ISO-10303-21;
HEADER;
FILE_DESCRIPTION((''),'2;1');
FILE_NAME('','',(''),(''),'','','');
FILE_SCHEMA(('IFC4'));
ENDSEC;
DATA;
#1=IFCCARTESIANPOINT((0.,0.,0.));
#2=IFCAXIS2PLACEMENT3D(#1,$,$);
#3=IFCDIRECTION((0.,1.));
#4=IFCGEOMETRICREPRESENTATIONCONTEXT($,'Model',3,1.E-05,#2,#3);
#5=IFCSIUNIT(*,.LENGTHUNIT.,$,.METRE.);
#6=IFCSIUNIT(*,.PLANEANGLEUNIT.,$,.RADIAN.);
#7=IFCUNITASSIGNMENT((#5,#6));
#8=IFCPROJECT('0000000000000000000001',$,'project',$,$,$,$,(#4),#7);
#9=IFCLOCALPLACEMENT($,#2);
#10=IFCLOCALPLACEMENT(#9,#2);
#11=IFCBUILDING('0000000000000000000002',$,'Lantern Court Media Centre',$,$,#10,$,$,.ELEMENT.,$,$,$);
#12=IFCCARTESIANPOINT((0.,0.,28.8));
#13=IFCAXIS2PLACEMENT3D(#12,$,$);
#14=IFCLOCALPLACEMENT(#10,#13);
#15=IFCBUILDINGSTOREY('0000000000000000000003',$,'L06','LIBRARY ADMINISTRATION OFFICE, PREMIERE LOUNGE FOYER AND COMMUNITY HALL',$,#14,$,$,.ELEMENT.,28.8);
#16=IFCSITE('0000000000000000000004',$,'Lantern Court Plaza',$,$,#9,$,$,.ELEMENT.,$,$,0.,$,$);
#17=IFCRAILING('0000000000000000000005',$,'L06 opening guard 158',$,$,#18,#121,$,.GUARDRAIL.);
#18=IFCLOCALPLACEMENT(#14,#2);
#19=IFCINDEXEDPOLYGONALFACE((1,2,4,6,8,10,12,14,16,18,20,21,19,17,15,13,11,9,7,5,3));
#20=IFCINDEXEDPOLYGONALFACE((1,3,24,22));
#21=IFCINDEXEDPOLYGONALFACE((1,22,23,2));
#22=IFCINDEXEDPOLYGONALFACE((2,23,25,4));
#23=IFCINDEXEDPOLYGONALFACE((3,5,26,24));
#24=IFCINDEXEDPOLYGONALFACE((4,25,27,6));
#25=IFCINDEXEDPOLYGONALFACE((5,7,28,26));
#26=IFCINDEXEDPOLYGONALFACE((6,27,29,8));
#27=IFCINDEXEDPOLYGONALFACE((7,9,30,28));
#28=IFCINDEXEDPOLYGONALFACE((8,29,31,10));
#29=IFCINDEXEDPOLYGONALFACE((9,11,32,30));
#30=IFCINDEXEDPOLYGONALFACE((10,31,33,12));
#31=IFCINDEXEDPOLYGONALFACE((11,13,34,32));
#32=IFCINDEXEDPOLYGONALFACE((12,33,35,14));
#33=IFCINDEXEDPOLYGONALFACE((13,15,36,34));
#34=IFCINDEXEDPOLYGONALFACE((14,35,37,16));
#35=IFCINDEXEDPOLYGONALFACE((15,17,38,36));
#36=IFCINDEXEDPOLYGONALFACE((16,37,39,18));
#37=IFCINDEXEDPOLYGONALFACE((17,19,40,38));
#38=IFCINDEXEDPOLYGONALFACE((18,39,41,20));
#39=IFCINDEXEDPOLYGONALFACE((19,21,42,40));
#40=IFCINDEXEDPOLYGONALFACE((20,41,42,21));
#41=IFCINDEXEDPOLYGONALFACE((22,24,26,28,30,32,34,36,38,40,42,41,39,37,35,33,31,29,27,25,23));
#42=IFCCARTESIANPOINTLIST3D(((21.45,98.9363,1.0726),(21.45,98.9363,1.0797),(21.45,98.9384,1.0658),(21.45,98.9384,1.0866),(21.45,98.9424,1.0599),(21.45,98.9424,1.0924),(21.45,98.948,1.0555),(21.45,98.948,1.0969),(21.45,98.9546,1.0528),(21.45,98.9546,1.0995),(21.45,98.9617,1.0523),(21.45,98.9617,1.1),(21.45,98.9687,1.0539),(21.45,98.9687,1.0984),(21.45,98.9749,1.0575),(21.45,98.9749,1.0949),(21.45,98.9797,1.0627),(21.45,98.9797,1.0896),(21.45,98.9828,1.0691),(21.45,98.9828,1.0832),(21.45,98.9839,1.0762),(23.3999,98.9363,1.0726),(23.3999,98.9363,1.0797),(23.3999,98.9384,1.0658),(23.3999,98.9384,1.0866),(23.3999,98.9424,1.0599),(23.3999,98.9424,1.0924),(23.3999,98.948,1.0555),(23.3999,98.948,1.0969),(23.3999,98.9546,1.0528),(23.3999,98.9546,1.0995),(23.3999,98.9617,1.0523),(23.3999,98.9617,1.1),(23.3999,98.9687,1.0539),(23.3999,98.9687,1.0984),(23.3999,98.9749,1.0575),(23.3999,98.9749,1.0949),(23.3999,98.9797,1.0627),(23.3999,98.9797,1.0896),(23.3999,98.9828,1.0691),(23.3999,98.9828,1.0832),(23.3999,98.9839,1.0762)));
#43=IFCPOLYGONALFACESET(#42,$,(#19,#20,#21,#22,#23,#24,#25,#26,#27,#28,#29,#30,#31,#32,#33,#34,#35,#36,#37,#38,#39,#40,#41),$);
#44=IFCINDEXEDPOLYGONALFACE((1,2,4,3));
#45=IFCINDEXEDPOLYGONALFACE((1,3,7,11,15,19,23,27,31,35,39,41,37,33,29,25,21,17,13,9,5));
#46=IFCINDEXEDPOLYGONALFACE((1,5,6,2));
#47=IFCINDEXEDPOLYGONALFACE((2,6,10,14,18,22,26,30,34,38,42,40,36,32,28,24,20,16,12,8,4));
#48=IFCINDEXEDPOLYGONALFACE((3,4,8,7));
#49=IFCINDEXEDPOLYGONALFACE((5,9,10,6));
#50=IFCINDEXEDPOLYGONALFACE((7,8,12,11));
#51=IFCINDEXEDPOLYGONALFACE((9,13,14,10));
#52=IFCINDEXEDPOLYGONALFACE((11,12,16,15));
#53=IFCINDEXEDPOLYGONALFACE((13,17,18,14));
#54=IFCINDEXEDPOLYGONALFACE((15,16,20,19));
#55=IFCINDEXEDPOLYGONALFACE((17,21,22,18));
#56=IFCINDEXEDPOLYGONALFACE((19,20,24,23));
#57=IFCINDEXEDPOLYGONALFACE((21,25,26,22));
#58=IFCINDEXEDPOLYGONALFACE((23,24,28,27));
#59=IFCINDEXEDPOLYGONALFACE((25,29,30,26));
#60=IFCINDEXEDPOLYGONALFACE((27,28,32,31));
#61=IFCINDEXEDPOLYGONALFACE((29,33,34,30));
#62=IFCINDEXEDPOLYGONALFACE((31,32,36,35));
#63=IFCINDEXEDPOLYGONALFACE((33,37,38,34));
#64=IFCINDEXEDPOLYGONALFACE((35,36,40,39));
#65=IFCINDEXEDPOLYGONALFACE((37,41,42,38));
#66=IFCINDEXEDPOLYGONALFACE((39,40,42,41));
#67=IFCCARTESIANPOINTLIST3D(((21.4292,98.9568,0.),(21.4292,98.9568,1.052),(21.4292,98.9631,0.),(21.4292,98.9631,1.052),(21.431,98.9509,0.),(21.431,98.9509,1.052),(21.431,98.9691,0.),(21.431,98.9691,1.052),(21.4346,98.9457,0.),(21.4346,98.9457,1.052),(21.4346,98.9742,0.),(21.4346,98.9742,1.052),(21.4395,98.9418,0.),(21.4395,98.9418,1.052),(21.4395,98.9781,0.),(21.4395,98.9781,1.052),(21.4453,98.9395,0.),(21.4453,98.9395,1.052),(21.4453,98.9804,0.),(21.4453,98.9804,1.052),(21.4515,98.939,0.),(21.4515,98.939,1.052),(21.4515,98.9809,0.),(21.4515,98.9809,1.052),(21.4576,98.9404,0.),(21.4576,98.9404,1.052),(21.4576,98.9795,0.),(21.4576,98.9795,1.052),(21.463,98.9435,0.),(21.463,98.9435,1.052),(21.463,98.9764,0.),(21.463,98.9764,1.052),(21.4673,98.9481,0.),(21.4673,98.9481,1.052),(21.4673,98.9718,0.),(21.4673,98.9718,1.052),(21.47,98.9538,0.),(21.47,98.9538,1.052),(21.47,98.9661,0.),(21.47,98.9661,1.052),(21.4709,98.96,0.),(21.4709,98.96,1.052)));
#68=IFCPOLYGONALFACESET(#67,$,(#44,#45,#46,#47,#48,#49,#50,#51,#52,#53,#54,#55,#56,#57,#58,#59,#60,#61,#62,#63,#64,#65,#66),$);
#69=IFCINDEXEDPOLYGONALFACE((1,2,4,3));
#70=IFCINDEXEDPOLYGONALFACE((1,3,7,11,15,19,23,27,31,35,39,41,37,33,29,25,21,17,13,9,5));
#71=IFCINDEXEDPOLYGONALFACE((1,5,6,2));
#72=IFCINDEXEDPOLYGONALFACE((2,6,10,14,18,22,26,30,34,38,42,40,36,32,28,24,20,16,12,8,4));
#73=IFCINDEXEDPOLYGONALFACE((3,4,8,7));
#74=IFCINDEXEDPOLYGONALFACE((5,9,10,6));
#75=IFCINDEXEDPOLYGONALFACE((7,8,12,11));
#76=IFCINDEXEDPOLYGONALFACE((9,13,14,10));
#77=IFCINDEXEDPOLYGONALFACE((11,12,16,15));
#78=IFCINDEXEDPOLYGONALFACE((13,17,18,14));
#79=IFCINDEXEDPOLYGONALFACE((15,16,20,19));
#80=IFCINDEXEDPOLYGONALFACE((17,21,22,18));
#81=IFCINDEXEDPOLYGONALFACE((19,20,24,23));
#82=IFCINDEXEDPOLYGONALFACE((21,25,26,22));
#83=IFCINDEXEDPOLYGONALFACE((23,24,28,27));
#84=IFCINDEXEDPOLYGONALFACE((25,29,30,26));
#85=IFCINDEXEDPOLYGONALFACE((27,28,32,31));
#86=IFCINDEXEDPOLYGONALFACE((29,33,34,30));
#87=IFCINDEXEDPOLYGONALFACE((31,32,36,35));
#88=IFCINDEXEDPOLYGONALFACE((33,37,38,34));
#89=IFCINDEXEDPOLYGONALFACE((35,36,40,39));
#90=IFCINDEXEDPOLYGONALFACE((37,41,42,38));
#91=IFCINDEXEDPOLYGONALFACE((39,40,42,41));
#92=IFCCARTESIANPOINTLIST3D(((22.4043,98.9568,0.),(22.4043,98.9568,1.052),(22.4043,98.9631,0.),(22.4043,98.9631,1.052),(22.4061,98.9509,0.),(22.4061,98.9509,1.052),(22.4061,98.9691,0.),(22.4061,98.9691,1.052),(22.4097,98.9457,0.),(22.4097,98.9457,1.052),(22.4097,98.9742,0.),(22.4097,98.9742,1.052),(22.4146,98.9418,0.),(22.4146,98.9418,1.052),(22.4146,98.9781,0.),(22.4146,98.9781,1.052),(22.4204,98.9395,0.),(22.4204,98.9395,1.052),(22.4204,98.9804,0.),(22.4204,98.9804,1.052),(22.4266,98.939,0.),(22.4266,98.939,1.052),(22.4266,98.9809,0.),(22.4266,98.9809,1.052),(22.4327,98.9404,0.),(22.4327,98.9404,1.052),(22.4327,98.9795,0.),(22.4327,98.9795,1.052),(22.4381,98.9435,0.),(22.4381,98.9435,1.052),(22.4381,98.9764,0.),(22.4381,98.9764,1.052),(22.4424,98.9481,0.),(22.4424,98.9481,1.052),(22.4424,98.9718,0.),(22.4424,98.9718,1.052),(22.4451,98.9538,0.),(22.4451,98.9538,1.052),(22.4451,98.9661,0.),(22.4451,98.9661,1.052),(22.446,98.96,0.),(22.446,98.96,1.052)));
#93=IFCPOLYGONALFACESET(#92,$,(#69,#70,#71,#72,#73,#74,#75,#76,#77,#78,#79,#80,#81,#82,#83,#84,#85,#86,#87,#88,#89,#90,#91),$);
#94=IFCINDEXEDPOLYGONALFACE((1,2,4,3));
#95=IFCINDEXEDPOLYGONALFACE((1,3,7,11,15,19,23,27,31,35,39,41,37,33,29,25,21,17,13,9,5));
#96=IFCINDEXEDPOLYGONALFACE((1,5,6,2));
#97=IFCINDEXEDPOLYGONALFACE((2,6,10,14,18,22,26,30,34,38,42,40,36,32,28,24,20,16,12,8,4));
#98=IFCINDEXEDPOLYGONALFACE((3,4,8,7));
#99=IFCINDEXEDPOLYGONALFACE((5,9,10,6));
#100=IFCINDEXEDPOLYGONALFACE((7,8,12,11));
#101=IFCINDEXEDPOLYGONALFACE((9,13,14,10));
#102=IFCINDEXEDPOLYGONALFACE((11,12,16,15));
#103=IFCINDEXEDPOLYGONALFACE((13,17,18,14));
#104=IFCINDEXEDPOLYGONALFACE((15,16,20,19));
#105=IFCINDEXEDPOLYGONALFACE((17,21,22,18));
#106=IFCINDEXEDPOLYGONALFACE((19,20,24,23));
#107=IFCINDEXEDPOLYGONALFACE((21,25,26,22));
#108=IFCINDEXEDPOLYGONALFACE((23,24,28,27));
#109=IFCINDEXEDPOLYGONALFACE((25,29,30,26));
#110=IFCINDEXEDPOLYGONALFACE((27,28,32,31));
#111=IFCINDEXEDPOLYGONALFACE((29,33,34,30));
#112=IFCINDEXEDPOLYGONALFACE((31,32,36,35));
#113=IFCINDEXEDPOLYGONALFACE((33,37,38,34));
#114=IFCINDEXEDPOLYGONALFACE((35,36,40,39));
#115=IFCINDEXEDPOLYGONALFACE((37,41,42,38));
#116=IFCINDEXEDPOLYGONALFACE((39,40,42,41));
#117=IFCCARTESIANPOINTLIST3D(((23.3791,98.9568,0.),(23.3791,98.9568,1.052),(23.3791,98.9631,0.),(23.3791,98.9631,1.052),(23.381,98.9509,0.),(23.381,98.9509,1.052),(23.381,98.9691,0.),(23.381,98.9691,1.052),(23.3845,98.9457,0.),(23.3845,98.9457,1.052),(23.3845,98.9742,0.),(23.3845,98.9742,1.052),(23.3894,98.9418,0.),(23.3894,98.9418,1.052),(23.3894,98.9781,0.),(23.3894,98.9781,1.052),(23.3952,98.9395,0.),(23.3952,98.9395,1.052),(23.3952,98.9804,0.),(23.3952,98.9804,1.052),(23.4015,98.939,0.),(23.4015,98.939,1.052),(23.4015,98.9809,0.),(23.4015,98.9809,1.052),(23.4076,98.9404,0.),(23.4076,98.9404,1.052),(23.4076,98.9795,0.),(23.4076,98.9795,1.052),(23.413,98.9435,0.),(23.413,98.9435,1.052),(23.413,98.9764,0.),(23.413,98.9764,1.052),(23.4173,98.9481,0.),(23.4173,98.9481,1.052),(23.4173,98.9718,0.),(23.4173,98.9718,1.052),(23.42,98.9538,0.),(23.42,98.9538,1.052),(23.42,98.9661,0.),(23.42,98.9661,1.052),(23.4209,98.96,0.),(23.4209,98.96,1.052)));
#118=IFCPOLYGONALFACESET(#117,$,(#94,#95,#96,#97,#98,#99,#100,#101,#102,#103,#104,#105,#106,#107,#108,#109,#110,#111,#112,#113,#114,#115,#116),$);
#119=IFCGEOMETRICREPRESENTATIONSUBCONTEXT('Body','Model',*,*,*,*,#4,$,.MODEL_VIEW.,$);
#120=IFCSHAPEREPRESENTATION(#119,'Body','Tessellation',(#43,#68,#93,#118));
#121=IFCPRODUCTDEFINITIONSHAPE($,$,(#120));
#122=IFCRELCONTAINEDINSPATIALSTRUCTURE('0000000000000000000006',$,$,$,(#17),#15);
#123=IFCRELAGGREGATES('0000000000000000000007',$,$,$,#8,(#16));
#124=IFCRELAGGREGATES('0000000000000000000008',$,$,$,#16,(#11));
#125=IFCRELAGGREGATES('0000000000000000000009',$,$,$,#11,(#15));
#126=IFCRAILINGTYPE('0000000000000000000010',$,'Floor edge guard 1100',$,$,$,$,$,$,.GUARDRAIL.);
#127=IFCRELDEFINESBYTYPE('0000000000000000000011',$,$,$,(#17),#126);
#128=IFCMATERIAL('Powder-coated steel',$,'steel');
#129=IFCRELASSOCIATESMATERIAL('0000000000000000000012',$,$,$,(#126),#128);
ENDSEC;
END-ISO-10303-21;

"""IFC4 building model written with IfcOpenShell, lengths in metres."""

from ifc_helpers import new_model, si_unit, direction, frame, origin, origin_2d, place, context, subcontext, project, spatial, circle, extrude, material, type_object, element, save


model = new_model("IFC4")

# Units and contexts
model_context = context("Model", 3, precision=1e-05, world=origin(), true_north=direction((0.0, 1.0)))
body_context = subcontext(model_context, "Body", "Model", "MODEL_VIEW")
ifc_project = project(units=[si_unit("LENGTHUNIT", "METRE"), si_unit("PLANEANGLEUNIT", "RADIAN")], contexts=[model_context])

# Site, building, storey
site_placement = place(None, origin())
site = spatial("IfcSite", under=ifc_project, at=site_placement, Name="Lantern Court Plaza", CompositionType="ELEMENT", RefElevation=0.0)
building_placement = place(site_placement, origin())
building = spatial("IfcBuilding", under=site, at=building_placement, Name="Lantern Court Media Centre", CompositionType="ELEMENT")
storey_placement = place(building_placement, frame((0.0, 0.0, 28.8)))
storey = spatial("IfcBuildingStorey", under=building, at=storey_placement, Name="L06", Description="LIBRARY ADMINISTRATION OFFICE, PREMIERE LOUNGE FOYER AND COMMUNITY HALL", CompositionType="ELEMENT", Elevation=28.8)

# Railing
ifc_material_1 = material(Name="Powder-coated steel", Category="steel")
railing_type_1 = type_object("IfcRailingType", Name="Floor edge guard 1100", PredefinedType="GUARDRAIL", material=ifc_material_1)
railing_1_placement = place(storey_placement, frame((21.45, 98.96, 0.0)))
element("IfcRailing", 1, at=railing_1_placement, inside=storey, type_object=railing_type_1, Name="L06 opening guard 158", PredefinedType="GUARDRAIL", context=body_context, shape_type="SweptSolid", body=[
    extrude(circle(Radius=0.0239, at=origin_2d()), frame((0.0, 0.0, 1.0762), z_axis=(1.0, 0.0, 0.0), x_axis=(0.0, 1.0, 0.0)), (0.0, 0.0, 1.0), 1.95),
    extrude(circle(Radius=0.021, at=origin_2d()), origin(), (0.0, 0.0, 1.0), 1.052),
    extrude(circle(Radius=0.021, at=origin_2d()), frame((0.9751, 0.0, 0.0)), (0.0, 0.0, 1.0), 1.052),
    extrude(circle(Radius=0.021, at=origin_2d()), frame((1.95, 0.0, 0.0)), (0.0, 0.0, 1.0), 1.052),
])

save(model, "model.ifc")
